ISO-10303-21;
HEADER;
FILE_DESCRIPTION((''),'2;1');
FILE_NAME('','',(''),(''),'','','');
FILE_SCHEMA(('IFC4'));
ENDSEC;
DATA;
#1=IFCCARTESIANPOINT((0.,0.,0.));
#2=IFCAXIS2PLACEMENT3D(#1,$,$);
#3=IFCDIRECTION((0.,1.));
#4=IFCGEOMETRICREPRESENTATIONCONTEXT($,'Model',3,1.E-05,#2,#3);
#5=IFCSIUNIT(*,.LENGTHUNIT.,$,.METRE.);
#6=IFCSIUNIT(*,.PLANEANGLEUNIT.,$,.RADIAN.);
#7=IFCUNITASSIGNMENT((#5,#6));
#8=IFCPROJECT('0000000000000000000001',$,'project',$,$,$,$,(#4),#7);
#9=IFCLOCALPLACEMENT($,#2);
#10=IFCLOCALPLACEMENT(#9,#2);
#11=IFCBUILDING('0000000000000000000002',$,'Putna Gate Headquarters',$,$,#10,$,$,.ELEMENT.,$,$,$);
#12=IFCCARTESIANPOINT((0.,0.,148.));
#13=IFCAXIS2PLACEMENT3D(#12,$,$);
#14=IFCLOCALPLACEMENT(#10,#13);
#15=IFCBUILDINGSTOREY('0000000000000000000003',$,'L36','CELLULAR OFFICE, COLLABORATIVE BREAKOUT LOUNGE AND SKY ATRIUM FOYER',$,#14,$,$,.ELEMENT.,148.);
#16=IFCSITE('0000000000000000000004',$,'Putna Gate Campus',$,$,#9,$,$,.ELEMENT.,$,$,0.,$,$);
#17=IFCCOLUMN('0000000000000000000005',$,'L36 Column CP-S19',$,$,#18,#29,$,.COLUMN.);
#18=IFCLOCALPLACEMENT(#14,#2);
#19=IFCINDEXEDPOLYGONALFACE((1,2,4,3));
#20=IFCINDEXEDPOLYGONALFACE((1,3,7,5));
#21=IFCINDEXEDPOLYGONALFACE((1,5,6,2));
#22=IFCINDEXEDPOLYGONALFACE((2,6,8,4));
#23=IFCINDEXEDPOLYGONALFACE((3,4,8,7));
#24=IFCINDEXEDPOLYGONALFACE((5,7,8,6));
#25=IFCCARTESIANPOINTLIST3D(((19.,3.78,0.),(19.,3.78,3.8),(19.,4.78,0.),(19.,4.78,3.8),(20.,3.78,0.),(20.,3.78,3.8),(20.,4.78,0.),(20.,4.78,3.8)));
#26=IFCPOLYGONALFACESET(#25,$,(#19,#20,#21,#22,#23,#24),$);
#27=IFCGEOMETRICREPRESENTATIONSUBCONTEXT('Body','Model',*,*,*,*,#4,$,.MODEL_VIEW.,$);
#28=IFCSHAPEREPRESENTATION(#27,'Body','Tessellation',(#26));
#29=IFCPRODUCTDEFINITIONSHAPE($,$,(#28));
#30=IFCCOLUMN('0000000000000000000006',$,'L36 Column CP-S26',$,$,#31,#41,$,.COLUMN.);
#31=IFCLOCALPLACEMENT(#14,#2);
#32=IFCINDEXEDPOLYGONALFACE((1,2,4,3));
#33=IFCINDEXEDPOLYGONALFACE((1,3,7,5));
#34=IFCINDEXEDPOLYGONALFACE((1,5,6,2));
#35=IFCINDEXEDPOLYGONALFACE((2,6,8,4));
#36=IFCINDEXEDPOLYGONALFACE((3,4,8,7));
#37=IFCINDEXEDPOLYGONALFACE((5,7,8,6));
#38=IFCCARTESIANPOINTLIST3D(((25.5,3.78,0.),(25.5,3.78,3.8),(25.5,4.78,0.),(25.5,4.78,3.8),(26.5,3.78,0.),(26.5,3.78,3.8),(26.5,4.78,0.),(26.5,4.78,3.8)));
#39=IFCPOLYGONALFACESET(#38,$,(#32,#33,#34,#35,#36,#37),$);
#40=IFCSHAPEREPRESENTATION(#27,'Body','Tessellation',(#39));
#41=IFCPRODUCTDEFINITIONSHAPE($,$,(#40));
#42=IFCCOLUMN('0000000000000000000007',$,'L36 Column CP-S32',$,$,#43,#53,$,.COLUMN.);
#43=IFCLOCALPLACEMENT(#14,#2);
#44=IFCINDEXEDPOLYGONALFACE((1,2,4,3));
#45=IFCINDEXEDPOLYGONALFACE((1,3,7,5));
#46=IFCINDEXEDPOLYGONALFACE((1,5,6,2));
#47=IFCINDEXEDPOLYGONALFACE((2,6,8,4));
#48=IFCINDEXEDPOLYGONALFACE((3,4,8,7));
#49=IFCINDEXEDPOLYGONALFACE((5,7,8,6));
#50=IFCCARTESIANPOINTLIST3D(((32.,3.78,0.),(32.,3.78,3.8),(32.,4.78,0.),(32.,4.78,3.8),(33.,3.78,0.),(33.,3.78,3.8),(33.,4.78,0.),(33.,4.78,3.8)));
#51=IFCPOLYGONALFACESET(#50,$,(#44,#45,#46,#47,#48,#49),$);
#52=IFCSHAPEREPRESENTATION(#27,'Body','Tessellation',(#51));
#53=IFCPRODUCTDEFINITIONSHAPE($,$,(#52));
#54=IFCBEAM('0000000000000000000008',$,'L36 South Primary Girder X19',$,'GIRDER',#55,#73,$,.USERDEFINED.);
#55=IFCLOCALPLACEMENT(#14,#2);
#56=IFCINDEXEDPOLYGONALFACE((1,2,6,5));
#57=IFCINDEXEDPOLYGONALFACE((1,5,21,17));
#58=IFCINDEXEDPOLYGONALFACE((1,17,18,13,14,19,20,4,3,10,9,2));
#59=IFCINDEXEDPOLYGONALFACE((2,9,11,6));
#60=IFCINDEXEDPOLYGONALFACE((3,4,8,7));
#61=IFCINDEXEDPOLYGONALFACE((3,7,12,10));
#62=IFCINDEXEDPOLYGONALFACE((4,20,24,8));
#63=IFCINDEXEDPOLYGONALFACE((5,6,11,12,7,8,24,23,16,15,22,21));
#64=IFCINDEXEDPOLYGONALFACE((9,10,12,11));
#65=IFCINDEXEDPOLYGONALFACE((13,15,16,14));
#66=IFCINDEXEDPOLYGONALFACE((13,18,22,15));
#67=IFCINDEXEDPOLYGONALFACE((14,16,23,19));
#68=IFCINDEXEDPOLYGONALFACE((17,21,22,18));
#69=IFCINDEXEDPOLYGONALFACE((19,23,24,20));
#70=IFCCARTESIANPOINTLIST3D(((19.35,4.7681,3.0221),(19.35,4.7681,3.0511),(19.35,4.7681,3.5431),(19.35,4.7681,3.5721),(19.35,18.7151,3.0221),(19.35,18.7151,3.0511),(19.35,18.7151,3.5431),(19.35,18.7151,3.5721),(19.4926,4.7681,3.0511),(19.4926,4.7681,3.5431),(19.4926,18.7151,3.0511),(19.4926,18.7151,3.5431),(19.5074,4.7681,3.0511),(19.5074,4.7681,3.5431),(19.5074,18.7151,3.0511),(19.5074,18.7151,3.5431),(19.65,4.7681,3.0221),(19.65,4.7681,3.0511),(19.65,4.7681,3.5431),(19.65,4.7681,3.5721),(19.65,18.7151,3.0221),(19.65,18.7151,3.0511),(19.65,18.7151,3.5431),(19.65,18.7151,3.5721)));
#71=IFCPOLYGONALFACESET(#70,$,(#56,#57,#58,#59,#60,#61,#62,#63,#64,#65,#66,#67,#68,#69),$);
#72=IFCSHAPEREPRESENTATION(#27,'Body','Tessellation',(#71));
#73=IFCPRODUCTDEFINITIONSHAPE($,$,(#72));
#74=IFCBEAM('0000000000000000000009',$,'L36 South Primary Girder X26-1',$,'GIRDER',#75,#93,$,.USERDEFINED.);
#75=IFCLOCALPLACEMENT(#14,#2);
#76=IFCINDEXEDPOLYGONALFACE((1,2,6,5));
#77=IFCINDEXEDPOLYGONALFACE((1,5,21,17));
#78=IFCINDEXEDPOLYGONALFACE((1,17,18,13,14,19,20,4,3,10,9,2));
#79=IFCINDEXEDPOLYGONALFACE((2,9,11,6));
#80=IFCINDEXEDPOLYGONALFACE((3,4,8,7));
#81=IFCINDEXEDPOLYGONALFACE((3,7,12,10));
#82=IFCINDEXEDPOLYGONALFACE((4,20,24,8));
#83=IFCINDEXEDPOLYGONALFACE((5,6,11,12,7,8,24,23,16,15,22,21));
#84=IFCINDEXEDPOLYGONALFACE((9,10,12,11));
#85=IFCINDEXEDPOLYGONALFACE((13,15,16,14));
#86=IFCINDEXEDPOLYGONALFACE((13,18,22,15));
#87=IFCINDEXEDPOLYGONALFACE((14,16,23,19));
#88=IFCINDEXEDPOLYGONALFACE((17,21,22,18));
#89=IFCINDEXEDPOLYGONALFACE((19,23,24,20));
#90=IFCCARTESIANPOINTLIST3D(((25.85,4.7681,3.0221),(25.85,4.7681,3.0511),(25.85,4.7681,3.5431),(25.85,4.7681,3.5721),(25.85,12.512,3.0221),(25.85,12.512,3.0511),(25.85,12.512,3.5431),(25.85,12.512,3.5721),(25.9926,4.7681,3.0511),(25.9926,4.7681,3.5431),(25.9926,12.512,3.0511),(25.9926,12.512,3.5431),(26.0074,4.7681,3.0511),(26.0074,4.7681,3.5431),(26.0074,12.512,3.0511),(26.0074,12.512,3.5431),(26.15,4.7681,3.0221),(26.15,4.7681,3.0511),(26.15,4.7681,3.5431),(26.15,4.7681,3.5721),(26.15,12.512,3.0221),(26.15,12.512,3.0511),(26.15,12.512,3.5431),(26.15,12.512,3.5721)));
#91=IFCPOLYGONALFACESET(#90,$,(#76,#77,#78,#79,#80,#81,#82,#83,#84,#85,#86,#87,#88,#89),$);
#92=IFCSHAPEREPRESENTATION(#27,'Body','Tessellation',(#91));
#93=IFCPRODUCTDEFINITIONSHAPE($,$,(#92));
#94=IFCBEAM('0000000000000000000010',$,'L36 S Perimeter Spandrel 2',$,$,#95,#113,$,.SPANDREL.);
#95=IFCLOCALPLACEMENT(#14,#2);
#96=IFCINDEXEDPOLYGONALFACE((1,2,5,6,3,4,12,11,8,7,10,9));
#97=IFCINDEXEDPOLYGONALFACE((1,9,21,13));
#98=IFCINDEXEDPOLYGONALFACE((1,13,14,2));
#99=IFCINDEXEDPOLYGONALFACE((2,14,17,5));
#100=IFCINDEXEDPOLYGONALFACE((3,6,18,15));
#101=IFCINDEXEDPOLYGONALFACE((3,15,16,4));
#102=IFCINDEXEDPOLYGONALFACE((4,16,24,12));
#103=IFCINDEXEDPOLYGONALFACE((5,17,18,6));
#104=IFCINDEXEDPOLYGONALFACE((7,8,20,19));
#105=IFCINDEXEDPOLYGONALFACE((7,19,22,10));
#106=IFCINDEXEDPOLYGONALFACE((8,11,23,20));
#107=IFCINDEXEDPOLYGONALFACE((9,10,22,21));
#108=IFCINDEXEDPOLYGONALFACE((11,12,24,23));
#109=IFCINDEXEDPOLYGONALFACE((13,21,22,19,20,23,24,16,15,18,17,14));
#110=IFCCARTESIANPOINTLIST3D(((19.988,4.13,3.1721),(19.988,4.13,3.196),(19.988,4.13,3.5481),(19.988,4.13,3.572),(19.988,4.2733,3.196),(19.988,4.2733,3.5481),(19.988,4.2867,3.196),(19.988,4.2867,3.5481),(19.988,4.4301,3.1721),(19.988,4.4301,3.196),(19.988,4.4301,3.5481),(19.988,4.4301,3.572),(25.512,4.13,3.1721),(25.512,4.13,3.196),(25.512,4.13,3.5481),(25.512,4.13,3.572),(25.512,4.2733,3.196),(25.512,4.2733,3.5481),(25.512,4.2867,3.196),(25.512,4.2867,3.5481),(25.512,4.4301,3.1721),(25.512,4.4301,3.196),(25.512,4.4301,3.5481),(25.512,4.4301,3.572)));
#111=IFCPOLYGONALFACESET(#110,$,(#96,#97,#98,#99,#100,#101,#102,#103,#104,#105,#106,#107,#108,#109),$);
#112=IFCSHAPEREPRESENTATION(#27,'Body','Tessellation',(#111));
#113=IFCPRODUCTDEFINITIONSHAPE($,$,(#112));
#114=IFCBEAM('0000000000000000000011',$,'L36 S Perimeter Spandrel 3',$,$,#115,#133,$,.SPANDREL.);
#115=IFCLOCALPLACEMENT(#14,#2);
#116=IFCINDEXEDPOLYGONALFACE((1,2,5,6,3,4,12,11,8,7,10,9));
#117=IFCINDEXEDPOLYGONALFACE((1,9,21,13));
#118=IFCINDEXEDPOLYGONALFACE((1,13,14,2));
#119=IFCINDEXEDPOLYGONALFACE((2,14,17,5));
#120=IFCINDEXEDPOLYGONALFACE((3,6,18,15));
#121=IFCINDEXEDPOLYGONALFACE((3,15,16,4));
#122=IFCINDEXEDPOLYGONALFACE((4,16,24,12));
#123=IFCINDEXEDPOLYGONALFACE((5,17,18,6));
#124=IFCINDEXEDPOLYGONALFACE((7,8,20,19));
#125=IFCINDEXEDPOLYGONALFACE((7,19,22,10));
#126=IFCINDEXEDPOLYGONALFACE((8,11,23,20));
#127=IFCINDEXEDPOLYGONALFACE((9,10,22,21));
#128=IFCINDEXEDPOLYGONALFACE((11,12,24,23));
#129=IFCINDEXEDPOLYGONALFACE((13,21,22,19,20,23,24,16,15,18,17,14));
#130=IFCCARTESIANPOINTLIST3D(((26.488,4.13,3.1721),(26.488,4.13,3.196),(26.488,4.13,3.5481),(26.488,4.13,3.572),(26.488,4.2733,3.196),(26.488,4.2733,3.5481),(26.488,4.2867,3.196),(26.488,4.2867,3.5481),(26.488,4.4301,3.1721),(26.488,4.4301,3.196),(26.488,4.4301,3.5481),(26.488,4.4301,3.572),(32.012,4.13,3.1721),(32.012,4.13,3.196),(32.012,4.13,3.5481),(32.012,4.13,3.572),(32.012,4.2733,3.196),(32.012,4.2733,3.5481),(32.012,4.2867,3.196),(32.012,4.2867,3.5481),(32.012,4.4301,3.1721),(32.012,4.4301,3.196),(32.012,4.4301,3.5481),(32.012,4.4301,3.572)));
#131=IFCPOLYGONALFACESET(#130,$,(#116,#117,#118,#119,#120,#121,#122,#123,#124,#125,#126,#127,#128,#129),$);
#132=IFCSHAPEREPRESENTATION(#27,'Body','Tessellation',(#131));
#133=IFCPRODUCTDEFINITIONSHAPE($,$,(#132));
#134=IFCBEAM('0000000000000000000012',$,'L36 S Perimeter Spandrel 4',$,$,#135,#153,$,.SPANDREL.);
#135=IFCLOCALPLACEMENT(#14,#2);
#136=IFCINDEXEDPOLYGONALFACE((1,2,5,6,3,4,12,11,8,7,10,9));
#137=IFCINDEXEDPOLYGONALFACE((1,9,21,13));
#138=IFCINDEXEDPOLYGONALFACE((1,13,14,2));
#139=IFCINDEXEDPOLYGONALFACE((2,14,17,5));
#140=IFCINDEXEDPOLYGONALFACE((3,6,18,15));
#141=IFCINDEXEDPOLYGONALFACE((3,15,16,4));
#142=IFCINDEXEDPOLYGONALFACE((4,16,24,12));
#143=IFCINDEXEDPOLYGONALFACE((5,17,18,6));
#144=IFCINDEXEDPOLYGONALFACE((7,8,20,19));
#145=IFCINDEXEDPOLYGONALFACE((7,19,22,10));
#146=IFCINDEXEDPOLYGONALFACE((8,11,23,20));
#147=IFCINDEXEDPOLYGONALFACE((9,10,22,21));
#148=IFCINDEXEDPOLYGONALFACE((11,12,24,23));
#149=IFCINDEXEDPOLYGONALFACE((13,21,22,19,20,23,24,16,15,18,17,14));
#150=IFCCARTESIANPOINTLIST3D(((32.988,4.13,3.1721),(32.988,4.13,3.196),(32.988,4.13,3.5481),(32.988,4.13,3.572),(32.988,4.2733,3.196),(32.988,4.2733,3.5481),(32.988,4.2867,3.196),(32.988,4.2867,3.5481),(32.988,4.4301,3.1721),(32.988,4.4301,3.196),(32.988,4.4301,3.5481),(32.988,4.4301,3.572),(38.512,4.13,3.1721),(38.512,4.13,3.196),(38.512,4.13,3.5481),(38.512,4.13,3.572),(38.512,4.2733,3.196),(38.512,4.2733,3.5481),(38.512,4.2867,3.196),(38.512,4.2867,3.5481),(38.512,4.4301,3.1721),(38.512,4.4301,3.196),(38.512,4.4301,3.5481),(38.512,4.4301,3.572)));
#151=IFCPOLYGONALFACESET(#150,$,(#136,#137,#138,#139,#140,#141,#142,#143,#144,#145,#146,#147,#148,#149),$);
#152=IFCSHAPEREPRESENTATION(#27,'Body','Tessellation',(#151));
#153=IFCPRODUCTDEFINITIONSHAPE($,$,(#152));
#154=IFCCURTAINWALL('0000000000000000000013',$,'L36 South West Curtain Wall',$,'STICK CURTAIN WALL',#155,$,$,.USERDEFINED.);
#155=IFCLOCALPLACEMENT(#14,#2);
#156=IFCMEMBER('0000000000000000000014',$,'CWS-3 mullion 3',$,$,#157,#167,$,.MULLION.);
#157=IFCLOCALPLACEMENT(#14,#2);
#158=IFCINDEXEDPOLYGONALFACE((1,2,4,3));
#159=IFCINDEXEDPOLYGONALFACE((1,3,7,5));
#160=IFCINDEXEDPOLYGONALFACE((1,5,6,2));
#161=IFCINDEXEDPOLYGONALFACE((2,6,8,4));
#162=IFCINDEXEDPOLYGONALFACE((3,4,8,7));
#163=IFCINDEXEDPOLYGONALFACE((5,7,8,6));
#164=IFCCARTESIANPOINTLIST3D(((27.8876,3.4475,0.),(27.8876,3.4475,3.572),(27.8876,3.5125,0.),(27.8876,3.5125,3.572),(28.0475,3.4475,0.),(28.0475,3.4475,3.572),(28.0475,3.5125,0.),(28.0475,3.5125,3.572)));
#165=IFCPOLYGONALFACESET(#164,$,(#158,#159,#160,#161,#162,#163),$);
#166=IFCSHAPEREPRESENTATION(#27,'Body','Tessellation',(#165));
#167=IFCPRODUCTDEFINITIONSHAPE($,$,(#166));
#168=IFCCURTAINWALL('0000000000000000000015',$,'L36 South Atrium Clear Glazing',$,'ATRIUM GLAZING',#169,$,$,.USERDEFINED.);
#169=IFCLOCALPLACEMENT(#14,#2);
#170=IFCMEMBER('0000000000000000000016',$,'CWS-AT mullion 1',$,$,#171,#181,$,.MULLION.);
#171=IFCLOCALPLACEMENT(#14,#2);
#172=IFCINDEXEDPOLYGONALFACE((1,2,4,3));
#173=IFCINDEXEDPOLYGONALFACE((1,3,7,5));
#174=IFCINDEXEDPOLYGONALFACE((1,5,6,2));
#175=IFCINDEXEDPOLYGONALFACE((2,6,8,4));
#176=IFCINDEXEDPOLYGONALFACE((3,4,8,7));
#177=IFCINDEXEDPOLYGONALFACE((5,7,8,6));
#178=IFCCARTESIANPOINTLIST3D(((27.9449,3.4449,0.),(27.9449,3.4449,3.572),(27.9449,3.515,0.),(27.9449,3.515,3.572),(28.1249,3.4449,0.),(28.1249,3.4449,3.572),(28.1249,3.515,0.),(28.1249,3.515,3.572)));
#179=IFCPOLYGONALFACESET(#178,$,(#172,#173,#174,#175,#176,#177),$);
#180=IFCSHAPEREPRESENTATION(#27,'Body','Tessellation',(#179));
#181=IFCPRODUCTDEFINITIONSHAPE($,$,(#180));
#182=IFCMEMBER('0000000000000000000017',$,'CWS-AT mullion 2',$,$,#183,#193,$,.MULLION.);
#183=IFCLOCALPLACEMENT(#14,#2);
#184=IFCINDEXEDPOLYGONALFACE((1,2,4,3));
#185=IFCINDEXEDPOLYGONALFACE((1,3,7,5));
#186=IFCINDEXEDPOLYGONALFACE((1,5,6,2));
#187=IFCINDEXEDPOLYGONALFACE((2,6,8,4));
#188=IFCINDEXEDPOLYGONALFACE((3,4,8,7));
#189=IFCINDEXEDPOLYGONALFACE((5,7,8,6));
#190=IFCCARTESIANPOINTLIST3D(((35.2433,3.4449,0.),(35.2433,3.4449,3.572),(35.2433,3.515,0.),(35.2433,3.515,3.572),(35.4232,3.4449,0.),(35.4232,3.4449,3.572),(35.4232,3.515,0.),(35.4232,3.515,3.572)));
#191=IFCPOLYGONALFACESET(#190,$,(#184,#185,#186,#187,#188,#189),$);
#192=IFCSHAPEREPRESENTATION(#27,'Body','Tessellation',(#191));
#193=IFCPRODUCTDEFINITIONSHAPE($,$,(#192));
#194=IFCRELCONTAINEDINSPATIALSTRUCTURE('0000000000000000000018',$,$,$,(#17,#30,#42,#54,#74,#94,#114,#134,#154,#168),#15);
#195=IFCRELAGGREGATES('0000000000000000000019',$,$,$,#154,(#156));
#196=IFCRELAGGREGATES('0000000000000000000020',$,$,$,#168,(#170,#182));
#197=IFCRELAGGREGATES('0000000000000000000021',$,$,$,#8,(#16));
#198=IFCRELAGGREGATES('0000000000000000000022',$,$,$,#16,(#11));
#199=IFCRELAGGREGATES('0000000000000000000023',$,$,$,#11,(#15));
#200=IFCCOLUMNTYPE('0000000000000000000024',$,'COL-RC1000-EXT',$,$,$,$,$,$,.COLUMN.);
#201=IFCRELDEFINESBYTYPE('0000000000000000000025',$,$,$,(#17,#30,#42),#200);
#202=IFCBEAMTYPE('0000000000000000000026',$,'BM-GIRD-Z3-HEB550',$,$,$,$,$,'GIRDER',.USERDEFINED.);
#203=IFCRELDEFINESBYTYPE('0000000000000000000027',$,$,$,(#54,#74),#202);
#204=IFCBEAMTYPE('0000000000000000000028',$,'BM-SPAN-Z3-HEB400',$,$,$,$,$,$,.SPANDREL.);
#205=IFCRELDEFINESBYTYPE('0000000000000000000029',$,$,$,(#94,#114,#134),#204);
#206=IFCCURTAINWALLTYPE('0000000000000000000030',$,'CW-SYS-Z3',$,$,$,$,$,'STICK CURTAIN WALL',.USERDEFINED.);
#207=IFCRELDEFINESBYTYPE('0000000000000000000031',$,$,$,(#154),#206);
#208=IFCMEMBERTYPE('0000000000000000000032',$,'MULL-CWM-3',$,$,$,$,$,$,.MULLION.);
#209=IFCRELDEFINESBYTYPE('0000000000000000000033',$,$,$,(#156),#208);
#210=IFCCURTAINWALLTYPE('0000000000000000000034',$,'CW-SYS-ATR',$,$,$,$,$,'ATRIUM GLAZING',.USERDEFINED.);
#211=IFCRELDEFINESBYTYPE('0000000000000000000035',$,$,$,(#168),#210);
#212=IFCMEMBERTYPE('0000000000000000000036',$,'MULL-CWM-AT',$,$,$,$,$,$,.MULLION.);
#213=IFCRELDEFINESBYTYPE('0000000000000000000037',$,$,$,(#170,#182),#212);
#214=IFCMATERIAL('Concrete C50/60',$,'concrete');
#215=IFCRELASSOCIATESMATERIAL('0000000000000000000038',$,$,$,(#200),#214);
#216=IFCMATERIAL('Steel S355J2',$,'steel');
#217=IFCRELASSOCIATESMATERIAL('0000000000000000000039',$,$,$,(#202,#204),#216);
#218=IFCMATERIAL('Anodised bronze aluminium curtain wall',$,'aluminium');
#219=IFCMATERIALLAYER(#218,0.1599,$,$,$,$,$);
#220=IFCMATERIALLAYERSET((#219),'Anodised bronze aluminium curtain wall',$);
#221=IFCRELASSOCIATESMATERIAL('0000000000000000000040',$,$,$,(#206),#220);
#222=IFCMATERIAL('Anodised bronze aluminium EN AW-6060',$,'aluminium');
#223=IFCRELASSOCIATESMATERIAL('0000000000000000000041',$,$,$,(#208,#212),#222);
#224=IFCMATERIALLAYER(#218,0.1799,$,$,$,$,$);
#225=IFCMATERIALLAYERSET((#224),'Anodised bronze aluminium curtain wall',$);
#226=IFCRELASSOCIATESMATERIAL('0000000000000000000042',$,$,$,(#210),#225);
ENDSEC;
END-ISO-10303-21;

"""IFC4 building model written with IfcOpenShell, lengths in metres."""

from ifc_helpers import new_model, si_unit, direction, frame, origin, origin_2d, place, context, subcontext, project, spatial, rectangle, i_section, extrude, material, layer, layer_set, material_profile, profile_set, type_object, element, aggregate, save


model = new_model("IFC4")

# Units and contexts
model_context = context("Model", 3, precision=1e-05, world=origin(), true_north=direction((0.0, 1.0)))
body_context = subcontext(model_context, "Body", "Model", "MODEL_VIEW")
ifc_project = project(units=[si_unit("LENGTHUNIT", "METRE"), si_unit("PLANEANGLEUNIT", "RADIAN")], contexts=[model_context])

# Site, building, storey
site_placement = place(None, origin())
site = spatial("IfcSite", under=ifc_project, at=site_placement, Name="Putna Gate Campus", CompositionType="ELEMENT", RefElevation=0.0)
building_placement = place(site_placement, origin())
building = spatial("IfcBuilding", under=site, at=building_placement, Name="Putna Gate Headquarters", CompositionType="ELEMENT")
storey_placement = place(building_placement, frame((0.0, 0.0, 148.0)))
storey = spatial("IfcBuildingStorey", under=building, at=storey_placement, Name="L36", Description="CELLULAR OFFICE, COLLABORATIVE BREAKOUT LOUNGE AND SKY ATRIUM FOYER", CompositionType="ELEMENT", Elevation=148.0)

# Columns
ifc_material_1 = material(Name="Concrete C50/60", Category="concrete")
ifc_material_profile_1 = material_profile(ifc_material_1, rectangle(XDim=1.0, YDim=1.0, at=origin_2d()), Name="Concrete C50/60")
ifc_profile_set_1 = profile_set([ifc_material_profile_1], Name="Concrete C50/60")
column_type = type_object("IfcColumnType", Name="COL-RC1000-EXT", PredefinedType="COLUMN", material=ifc_profile_set_1)
for number, where, z_axis, x_axis, name in (
    (1, (19.5, 4.28, 0.0), (0.0, 0.0, 1.0), (1.0, 0.0, 0.0), "L36 Column CP-S19"),
    (2, (26.0, 4.28, 0.0), (0.0, 0.0, 1.0), (1.0, 0.0, 0.0), "L36 Column CP-S26"),
    (3, (32.5, 4.28, 0.0), (0.0, 0.0, 1.0), (1.0, 0.0, 0.0), "L36 Column CP-S32"),
):
    element("IfcColumn", number, at=place(storey_placement, frame(where, z_axis=z_axis, x_axis=x_axis)), inside=storey, type_object=column_type, Name=name, PredefinedType="COLUMN", context=body_context, shape_type="SweptSolid", body=[
        extrude(rectangle(XDim=1.0, YDim=1.0, at=origin_2d()), origin(), (0.0, 0.0, 1.0), 3.8),
    ])

# Beams
ifc_material_2 = material(Name="Steel S355J2", Category="steel")
ifc_material_profile_2 = material_profile(ifc_material_2, i_section(OverallWidth=0.3, OverallDepth=0.55, WebThickness=0.0149, FlangeThickness=0.0291, at=origin_2d()), Name="Steel S355J2")
ifc_profile_set_2 = profile_set([ifc_material_profile_2], Name="Steel S355J2")
beam_type_1 = type_object("IfcBeamType", Name="BM-GIRD-Z3-HEB550", ElementType="GIRDER", PredefinedType="USERDEFINED", material=ifc_profile_set_2)
beam_1_placement = place(storey_placement, frame((19.5, 4.7681, 3.2971), z_axis=(0.0, 1.0, 0.0), x_axis=(-1.0, 0.0, 0.0)))
element("IfcBeam", 4, at=beam_1_placement, inside=storey, type_object=beam_type_1, Name="L36 South Primary Girder X19", ObjectType="GIRDER", PredefinedType="USERDEFINED", context=body_context, shape_type="SweptSolid", body=[
    extrude(i_section(OverallWidth=0.3, OverallDepth=0.55, WebThickness=0.0149, FlangeThickness=0.0291, at=origin_2d()), origin(), (0.0, 0.0, 1.0), 13.947),
])
beam_2_placement = place(storey_placement, frame((26.0, 4.7681, 3.2971), z_axis=(0.0, 1.0, 0.0), x_axis=(-1.0, 0.0, 0.0)))
element("IfcBeam", 5, at=beam_2_placement, inside=storey, type_object=beam_type_1, Name="L36 South Primary Girder X26-1", ObjectType="GIRDER", PredefinedType="USERDEFINED", context=body_context, shape_type="SweptSolid", body=[
    extrude(i_section(OverallWidth=0.3, OverallDepth=0.55, WebThickness=0.0149, FlangeThickness=0.0291, at=origin_2d()), origin(), (0.0, 0.0, 1.0), 7.7439),
])
ifc_material_profile_3 = material_profile(ifc_material_2, i_section(OverallWidth=0.3, OverallDepth=0.3999, WebThickness=0.0134, FlangeThickness=0.0239, at=origin_2d()), Name="Steel S355J2")
ifc_profile_set_3 = profile_set([ifc_material_profile_3], Name="Steel S355J2")
beam_type_2 = type_object("IfcBeamType", Name="BM-SPAN-Z3-HEB400", PredefinedType="SPANDREL", material=ifc_profile_set_3)
for number, where, z_axis, x_axis, name in (
    (6, (19.988, 4.28, 3.3721), (1.0, 0.0, 0.0), (0.0, 1.0, 0.0), "L36 S Perimeter Spandrel 2"),
    (7, (26.488, 4.28, 3.3721), (1.0, 0.0, 0.0), (0.0, 1.0, 0.0), "L36 S Perimeter Spandrel 3"),
    (8, (32.988, 4.28, 3.3721), (1.0, 0.0, 0.0), (0.0, 1.0, 0.0), "L36 S Perimeter Spandrel 4"),
):
    element("IfcBeam", number, at=place(storey_placement, frame(where, z_axis=z_axis, x_axis=x_axis)), inside=storey, type_object=beam_type_2, Name=name, PredefinedType="SPANDREL", context=body_context, shape_type="SweptSolid", body=[
        extrude(i_section(OverallWidth=0.3, OverallDepth=0.3999, WebThickness=0.0134, FlangeThickness=0.0239, at=origin_2d()), origin(), (0.0, 0.0, 1.0), 5.5239),
    ])

# Curtain wall, member
ifc_material_3 = material(Name="Anodised bronze aluminium curtain wall", Category="aluminium")
ifc_layer_1 = layer(ifc_material_3, 0.1599)
ifc_layer_set_1 = layer_set([ifc_layer_1], Name="Anodised bronze aluminium curtain wall")
curtain_wall_type_1 = type_object("IfcCurtainWallType", Name="CW-SYS-Z3", ElementType="STICK CURTAIN WALL", PredefinedType="USERDEFINED", material=ifc_layer_set_1)
curtain_wall_1_placement = place(storey_placement, origin())
curtain_wall_1 = element("IfcCurtainWall", 9, at=curtain_wall_1_placement, inside=storey, type_object=curtain_wall_type_1, Name="L36 South West Curtain Wall", ObjectType="STICK CURTAIN WALL", PredefinedType="USERDEFINED")
ifc_material_4 = material(Name="Anodised bronze aluminium EN AW-6060", Category="aluminium")
ifc_material_profile_4 = material_profile(ifc_material_4, rectangle(XDim=0.0649, YDim=0.1599, at=origin_2d()), Name="Anodised bronze aluminium EN AW-6060")
ifc_profile_set_4 = profile_set([ifc_material_profile_4], Name="Anodised bronze aluminium EN AW-6060")
member_type_1 = type_object("IfcMemberType", Name="MULL-CWM-3", PredefinedType="MULLION", material=ifc_profile_set_4)
member_1_placement = place(storey_placement, frame((27.9675, 3.48, 0.0), z_axis=(0.0, 0.0, 1.0), x_axis=(0.0, 1.0, 0.0)))
member_1 = element("IfcMember", 10, at=member_1_placement, type_object=member_type_1, Name="CWS-3 mullion 3", PredefinedType="MULLION", context=body_context, shape_type="SweptSolid", body=[
    extrude(rectangle(XDim=0.0649, YDim=0.1599, at=origin_2d()), origin(), (0.0, 0.0, 1.0), 3.572),
])

# Curtain wall, members
ifc_layer_2 = layer(ifc_material_3, 0.1799)
ifc_layer_set_2 = layer_set([ifc_layer_2], Name="Anodised bronze aluminium curtain wall")
curtain_wall_type_2 = type_object("IfcCurtainWallType", Name="CW-SYS-ATR", ElementType="ATRIUM GLAZING", PredefinedType="USERDEFINED", material=ifc_layer_set_2)
curtain_wall_2_placement = place(storey_placement, origin())
curtain_wall_2 = element("IfcCurtainWall", 11, at=curtain_wall_2_placement, inside=storey, type_object=curtain_wall_type_2, Name="L36 South Atrium Clear Glazing", ObjectType="ATRIUM GLAZING", PredefinedType="USERDEFINED")
ifc_material_profile_5 = material_profile(ifc_material_4, rectangle(XDim=0.0701, YDim=0.1799, at=origin_2d()), Name="Anodised bronze aluminium EN AW-6060")
ifc_profile_set_5 = profile_set([ifc_material_profile_5], Name="Anodised bronze aluminium EN AW-6060")
member_type_2 = type_object("IfcMemberType", Name="MULL-CWM-AT", PredefinedType="MULLION", material=ifc_profile_set_5)
member_2_placement = place(storey_placement, frame((28.0349, 3.48, 0.0), z_axis=(0.0, 0.0, 1.0), x_axis=(0.0, 1.0, 0.0)))
member_2 = element("IfcMember", 12, at=member_2_placement, type_object=member_type_2, Name="CWS-AT mullion 1", PredefinedType="MULLION", context=body_context, shape_type="SweptSolid", body=[
    extrude(rectangle(XDim=0.0701, YDim=0.1799, at=origin_2d()), origin(), (0.0, 0.0, 1.0), 3.572),
])
member_3_placement = place(storey_placement, frame((35.3333, 3.48, 0.0), z_axis=(0.0, 0.0, 1.0), x_axis=(0.0, 1.0, 0.0)))
member_3 = element("IfcMember", 13, at=member_3_placement, type_object=member_type_2, Name="CWS-AT mullion 2", PredefinedType="MULLION", context=body_context, shape_type="SweptSolid", body=[
    extrude(rectangle(XDim=0.0701, YDim=0.1799, at=origin_2d()), origin(), (0.0, 0.0, 1.0), 3.572),
])

aggregate(curtain_wall_1, [member_1])
aggregate(curtain_wall_2, [member_2, member_3])

save(model, "model.ifc")
